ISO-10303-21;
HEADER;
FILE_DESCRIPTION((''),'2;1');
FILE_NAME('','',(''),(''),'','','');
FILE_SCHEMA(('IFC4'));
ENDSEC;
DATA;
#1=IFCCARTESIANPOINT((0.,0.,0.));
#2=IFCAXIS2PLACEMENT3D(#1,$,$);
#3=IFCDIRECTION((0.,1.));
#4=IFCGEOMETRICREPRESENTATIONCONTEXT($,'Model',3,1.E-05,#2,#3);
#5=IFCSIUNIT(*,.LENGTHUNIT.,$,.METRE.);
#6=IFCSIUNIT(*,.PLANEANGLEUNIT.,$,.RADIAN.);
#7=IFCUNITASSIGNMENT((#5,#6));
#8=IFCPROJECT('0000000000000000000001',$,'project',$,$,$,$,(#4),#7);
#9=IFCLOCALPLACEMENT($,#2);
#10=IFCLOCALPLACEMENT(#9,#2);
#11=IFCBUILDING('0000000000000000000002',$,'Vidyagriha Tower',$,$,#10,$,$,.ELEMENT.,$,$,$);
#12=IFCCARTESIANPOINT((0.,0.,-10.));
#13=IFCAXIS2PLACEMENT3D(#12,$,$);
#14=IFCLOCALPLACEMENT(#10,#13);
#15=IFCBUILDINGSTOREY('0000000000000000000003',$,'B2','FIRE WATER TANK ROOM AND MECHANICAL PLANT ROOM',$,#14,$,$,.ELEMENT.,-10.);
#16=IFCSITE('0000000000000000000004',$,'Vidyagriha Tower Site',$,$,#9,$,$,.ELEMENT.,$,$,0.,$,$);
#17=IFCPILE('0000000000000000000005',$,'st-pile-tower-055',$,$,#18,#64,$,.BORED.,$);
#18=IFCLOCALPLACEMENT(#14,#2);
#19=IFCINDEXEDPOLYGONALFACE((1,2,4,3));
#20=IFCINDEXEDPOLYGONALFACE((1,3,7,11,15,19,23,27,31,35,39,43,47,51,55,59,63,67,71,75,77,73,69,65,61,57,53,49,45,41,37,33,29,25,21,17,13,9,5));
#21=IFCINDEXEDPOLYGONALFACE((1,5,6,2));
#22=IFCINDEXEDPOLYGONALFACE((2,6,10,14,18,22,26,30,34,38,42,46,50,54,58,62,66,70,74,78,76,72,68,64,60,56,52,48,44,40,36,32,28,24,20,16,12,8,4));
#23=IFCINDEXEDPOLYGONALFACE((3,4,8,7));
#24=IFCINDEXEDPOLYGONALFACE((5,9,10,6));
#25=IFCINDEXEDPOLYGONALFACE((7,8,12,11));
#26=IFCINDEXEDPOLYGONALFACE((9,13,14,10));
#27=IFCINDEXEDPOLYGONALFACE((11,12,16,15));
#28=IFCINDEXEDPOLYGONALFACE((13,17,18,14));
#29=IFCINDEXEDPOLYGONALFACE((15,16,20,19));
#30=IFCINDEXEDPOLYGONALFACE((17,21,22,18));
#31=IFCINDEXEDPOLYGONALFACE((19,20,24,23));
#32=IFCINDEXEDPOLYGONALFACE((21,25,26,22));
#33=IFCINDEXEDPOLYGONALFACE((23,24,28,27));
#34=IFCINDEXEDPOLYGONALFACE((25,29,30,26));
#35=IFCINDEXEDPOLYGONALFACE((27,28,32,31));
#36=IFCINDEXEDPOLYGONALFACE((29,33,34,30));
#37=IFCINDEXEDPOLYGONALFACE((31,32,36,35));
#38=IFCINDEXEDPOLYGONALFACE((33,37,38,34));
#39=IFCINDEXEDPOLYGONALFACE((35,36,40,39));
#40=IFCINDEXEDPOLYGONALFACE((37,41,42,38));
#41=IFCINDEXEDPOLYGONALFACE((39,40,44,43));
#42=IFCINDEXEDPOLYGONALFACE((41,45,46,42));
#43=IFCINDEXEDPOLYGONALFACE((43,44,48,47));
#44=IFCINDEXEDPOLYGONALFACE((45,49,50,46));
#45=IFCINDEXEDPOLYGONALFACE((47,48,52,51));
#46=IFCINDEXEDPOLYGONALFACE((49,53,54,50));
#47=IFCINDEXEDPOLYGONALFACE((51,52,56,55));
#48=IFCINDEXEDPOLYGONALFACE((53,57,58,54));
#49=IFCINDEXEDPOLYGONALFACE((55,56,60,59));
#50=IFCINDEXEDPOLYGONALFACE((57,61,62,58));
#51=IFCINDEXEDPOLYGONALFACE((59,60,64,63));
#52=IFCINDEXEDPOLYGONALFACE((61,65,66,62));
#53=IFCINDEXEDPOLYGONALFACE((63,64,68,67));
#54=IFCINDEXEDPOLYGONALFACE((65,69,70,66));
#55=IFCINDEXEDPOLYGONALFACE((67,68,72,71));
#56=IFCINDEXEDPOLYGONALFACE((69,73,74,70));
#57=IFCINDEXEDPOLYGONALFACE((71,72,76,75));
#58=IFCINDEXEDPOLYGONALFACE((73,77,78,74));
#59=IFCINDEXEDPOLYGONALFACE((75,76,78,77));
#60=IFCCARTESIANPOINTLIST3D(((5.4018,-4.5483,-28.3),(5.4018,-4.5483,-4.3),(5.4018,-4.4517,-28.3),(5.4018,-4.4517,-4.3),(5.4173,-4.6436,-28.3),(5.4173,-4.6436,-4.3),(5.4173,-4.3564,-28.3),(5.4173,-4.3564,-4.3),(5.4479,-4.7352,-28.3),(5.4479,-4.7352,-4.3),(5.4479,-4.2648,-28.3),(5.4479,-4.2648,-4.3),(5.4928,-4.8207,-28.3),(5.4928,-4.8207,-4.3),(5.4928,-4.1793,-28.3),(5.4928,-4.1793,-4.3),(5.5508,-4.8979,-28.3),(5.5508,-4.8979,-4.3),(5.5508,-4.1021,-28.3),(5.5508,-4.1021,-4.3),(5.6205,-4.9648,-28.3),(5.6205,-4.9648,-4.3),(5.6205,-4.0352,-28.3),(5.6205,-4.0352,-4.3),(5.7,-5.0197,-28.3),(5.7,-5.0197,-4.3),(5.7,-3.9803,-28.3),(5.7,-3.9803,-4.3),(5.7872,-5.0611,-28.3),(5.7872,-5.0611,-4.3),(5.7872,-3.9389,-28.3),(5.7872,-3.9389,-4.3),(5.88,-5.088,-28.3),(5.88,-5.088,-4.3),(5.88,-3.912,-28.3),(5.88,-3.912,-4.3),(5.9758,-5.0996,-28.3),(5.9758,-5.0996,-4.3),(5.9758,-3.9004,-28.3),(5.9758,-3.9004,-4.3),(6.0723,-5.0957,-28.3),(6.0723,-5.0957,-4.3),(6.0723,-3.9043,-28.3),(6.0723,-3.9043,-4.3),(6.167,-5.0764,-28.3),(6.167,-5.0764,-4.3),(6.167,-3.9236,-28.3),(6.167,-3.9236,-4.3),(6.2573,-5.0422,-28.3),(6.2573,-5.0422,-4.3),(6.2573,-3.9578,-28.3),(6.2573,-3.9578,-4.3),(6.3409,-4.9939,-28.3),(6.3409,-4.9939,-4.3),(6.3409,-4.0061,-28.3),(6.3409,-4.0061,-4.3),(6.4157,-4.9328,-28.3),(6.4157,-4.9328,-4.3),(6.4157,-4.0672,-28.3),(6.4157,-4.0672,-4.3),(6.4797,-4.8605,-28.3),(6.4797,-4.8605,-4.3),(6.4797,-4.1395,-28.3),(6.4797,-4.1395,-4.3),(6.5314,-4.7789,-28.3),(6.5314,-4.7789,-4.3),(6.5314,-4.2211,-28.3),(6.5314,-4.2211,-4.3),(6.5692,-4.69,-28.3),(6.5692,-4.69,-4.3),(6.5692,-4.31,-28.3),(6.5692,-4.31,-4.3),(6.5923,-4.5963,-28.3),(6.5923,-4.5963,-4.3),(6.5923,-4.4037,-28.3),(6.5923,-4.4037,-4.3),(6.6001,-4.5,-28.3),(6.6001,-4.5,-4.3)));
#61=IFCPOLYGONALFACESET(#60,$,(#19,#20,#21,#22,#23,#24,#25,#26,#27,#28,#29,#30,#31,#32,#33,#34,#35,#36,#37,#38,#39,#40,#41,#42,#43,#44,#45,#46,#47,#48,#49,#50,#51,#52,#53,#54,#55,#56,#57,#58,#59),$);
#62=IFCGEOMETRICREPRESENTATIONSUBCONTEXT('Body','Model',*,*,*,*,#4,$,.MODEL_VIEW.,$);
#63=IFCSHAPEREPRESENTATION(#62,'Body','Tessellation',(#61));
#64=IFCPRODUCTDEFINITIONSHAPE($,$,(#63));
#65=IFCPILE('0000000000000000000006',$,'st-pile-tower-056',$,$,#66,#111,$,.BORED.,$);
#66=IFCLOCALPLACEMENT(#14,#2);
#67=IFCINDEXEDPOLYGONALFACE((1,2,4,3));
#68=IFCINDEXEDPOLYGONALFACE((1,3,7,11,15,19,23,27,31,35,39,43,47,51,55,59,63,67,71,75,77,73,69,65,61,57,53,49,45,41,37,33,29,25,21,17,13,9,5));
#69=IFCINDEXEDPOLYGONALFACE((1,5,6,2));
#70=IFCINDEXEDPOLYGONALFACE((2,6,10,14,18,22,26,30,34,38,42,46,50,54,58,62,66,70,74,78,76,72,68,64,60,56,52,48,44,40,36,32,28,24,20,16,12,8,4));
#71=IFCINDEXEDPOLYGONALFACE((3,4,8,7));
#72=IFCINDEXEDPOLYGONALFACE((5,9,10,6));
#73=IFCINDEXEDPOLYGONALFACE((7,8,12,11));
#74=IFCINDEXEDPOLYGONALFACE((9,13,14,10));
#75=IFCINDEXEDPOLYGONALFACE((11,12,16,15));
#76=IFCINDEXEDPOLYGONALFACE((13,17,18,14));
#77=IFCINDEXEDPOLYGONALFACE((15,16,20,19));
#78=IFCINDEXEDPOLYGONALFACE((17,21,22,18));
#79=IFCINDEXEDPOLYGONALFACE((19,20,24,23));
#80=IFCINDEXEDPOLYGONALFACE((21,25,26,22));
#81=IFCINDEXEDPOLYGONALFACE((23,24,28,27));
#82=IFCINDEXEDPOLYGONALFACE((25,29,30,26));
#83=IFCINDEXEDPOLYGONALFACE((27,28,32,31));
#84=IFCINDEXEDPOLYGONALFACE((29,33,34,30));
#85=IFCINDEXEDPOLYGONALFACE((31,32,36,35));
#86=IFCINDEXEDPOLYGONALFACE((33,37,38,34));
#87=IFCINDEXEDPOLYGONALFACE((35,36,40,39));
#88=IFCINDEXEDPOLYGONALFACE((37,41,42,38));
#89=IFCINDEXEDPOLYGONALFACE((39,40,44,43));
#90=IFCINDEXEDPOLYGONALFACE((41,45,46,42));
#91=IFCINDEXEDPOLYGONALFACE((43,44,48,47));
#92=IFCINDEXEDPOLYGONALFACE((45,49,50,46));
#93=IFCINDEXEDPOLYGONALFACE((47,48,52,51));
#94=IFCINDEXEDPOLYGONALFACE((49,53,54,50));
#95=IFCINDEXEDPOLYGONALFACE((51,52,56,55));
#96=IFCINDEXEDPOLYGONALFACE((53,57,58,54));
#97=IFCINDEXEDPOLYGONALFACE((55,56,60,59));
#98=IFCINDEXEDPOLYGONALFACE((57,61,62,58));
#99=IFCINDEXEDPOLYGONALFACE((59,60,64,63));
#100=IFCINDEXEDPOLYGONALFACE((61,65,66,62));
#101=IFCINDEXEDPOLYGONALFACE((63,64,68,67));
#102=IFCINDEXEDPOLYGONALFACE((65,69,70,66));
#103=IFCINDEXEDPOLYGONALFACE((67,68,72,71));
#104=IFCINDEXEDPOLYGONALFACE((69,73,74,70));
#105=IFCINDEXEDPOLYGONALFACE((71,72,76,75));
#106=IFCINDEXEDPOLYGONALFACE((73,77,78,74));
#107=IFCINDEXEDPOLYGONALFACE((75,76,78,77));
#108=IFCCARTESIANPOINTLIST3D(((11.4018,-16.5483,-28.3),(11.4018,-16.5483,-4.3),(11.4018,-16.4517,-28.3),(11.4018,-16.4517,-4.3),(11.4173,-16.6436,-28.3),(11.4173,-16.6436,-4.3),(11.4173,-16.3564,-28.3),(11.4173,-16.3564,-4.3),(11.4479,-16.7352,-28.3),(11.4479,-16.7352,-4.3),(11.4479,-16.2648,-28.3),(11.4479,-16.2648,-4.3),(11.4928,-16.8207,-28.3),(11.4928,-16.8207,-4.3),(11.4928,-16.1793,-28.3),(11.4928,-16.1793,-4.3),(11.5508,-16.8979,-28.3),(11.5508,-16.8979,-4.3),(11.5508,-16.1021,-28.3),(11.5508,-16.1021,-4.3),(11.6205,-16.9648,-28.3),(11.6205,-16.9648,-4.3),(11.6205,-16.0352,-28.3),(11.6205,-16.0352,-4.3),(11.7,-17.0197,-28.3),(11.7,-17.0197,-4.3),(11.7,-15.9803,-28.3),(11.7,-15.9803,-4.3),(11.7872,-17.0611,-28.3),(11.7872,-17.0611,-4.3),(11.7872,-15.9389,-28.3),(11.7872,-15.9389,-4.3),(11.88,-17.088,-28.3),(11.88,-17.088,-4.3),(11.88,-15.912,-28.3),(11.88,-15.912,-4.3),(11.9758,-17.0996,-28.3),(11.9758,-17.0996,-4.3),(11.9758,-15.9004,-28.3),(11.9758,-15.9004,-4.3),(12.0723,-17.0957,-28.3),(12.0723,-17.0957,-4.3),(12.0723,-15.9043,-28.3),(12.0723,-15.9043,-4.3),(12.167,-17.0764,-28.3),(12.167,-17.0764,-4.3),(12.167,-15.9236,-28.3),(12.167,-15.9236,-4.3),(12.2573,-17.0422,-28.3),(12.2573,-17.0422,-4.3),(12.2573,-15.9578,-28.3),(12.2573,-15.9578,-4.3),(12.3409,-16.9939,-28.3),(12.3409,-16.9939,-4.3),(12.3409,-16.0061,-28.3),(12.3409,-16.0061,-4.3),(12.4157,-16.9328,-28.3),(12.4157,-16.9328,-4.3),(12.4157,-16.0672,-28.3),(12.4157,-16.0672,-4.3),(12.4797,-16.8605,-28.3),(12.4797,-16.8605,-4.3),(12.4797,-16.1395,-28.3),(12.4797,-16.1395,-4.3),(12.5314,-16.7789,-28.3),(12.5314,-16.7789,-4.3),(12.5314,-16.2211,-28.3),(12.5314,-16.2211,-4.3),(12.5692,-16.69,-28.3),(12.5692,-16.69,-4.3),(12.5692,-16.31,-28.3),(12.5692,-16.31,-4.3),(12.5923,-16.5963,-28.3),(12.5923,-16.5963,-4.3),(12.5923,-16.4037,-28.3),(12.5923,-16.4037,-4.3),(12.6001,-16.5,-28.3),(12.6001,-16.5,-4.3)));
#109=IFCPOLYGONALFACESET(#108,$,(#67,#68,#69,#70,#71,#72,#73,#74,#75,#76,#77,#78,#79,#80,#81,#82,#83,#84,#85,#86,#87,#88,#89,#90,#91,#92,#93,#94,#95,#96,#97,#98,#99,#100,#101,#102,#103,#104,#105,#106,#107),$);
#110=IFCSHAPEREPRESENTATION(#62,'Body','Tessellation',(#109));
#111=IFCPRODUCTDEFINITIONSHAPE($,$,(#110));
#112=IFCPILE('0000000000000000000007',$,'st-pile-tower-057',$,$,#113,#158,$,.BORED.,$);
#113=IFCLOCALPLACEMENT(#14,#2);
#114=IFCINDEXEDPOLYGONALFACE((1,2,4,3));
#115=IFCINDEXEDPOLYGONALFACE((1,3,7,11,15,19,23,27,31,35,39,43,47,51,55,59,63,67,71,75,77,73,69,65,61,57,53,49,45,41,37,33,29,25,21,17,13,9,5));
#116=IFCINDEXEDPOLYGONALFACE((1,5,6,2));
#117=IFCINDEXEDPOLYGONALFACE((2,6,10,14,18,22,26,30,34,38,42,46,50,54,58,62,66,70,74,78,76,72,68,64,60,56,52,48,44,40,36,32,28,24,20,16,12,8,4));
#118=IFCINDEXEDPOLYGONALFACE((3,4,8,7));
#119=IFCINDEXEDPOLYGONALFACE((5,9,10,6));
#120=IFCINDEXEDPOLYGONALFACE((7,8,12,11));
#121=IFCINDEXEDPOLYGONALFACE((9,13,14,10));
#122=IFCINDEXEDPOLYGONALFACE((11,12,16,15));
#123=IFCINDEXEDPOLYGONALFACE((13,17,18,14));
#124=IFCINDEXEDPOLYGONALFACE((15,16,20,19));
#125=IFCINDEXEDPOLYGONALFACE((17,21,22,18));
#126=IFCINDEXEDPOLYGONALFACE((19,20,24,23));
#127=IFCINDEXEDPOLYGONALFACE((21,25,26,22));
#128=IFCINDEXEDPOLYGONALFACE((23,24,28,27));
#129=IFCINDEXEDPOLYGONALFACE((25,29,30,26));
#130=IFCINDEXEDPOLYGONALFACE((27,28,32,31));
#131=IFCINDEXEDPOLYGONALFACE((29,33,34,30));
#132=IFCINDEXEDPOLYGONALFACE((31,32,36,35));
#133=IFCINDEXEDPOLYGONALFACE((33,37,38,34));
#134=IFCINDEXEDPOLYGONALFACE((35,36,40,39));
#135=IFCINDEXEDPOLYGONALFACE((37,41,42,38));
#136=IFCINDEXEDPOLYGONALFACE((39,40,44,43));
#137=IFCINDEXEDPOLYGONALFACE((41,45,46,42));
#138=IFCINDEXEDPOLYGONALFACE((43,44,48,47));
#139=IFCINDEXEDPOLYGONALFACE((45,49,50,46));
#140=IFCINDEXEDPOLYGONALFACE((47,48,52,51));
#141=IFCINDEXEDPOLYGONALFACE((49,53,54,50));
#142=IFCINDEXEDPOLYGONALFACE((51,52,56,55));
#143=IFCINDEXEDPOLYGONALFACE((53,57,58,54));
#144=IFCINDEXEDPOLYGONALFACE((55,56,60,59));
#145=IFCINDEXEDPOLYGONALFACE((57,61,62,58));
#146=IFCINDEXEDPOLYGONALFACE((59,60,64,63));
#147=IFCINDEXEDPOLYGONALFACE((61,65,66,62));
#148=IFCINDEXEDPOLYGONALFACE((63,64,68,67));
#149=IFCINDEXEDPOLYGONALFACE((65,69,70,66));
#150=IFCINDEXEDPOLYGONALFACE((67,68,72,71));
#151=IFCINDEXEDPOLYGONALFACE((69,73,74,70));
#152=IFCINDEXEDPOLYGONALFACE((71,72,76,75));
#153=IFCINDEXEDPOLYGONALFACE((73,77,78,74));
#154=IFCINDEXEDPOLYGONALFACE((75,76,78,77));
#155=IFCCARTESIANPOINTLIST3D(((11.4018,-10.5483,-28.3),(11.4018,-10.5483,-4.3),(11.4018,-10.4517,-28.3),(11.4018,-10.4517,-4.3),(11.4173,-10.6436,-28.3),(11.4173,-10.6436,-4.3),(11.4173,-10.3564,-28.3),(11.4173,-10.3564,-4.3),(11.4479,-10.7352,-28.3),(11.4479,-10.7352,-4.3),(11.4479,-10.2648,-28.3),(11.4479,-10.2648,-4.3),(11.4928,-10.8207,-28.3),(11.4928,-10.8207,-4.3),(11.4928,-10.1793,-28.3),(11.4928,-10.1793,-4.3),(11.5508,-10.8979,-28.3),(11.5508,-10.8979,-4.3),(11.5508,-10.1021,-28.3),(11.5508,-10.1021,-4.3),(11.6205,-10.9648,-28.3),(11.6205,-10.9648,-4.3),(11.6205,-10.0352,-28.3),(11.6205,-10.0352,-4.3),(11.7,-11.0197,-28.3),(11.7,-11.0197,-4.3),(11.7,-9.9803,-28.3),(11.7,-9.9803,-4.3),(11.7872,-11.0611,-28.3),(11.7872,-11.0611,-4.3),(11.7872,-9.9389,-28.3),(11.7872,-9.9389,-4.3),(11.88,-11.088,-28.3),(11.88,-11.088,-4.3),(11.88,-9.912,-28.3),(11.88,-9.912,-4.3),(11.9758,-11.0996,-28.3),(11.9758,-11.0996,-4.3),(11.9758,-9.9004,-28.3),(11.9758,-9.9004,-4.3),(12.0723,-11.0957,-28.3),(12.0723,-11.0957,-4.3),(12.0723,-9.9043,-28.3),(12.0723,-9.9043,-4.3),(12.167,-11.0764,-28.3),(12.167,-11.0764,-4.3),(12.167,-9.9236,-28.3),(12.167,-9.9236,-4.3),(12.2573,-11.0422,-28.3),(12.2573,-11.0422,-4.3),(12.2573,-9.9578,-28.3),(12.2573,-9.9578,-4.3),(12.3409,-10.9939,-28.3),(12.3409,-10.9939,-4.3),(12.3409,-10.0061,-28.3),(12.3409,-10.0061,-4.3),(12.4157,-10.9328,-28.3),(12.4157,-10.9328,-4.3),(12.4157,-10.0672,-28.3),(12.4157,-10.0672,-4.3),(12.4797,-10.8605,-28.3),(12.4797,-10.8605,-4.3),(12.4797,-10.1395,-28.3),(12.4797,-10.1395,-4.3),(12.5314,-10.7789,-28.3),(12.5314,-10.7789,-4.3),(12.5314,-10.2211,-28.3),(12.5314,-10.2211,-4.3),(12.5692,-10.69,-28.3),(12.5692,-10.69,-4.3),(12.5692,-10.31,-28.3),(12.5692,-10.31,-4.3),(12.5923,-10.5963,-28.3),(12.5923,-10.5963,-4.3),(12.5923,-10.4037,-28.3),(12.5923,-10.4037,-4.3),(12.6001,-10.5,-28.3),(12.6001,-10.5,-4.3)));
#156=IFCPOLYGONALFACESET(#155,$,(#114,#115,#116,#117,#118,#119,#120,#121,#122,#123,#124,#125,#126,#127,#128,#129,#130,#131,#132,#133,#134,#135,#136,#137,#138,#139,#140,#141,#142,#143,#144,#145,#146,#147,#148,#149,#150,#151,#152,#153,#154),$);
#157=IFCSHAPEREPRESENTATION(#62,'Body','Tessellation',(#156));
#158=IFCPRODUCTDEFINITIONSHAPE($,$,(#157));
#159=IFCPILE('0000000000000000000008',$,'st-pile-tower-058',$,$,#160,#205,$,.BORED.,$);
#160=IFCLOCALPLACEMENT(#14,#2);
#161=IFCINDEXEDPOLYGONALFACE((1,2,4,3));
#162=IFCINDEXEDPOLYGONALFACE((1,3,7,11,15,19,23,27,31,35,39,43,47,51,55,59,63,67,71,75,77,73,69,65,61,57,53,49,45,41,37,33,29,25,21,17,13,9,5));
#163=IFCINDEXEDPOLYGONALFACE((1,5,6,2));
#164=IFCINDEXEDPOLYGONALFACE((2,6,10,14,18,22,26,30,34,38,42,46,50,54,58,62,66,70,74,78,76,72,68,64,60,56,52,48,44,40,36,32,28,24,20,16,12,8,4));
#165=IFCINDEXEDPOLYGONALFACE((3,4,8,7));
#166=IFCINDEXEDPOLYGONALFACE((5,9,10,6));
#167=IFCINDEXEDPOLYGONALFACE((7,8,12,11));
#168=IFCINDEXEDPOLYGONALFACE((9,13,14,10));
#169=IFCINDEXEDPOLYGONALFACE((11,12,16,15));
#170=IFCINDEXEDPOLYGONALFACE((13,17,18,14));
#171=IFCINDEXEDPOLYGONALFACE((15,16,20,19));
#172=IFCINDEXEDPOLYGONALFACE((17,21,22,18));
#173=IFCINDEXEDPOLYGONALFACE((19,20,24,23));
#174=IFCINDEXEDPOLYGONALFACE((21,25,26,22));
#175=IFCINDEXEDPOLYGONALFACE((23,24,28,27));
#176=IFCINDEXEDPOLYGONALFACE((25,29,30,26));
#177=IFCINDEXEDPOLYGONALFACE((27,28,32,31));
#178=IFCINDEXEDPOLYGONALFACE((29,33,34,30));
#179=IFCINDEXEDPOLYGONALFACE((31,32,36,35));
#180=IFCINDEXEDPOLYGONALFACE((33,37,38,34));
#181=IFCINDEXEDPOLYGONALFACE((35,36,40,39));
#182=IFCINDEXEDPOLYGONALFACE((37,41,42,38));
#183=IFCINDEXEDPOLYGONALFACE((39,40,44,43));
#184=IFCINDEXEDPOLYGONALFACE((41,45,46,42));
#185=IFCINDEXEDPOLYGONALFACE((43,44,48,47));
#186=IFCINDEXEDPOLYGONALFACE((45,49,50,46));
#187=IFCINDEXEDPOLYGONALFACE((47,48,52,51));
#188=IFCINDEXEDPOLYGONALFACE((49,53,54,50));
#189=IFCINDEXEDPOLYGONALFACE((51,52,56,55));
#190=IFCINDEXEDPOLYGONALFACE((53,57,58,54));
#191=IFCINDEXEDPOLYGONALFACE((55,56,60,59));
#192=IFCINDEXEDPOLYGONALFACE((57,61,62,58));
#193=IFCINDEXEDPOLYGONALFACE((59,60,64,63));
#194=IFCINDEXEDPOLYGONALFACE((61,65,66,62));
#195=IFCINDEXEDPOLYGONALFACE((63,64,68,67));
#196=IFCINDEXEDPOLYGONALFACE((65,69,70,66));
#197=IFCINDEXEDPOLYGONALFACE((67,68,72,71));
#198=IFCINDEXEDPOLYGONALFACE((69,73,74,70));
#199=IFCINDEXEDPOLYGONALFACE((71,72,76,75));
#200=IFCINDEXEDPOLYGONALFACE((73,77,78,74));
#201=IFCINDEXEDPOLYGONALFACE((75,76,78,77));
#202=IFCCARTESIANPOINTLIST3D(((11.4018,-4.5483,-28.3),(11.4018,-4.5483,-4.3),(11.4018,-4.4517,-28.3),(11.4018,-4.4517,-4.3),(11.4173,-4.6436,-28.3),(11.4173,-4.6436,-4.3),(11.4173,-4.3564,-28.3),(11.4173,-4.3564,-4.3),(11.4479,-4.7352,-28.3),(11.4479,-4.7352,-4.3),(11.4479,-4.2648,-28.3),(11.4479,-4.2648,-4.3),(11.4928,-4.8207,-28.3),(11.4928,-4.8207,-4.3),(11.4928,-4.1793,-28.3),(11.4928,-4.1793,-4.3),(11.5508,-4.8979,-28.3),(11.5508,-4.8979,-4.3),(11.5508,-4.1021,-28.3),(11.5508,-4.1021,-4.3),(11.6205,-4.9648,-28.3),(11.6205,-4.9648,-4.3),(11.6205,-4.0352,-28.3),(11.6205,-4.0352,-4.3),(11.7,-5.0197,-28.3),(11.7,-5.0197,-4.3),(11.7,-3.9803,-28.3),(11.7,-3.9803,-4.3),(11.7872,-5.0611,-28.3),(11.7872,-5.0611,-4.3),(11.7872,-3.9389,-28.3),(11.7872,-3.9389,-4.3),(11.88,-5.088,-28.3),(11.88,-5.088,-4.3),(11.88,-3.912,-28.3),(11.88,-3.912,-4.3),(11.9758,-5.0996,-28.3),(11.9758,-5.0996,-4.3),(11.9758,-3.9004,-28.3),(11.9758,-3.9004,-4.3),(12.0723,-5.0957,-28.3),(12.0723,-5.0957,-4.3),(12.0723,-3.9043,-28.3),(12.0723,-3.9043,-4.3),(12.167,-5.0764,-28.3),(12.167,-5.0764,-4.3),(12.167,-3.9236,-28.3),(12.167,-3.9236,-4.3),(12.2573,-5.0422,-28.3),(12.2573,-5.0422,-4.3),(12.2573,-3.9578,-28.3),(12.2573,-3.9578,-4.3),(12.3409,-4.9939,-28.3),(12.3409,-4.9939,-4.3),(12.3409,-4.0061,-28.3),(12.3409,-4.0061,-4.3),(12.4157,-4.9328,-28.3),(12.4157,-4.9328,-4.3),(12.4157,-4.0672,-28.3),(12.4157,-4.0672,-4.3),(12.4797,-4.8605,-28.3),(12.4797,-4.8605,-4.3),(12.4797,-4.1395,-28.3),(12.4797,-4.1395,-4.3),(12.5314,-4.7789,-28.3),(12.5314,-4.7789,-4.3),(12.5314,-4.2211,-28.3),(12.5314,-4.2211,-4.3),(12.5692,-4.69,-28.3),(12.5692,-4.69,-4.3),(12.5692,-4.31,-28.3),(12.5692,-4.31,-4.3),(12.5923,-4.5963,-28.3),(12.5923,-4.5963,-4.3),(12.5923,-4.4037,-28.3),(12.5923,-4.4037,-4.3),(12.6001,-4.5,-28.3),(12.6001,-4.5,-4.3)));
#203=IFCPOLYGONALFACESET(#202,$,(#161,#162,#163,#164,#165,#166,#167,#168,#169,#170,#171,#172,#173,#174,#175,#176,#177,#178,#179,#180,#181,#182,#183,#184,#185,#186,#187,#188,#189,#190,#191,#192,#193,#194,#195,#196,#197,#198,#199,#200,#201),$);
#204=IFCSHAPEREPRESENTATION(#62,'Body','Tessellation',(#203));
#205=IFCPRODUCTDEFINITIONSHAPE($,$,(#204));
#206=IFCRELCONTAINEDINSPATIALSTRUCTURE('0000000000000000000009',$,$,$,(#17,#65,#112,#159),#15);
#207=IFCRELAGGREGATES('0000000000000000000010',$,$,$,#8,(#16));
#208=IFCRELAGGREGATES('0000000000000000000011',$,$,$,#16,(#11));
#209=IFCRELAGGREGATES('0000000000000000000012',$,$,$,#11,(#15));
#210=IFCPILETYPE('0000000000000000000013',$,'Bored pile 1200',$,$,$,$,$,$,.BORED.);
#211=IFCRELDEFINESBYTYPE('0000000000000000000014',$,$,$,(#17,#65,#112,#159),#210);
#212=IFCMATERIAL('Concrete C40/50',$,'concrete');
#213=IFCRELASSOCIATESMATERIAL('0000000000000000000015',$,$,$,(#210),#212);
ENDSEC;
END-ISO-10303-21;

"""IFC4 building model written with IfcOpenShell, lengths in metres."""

from ifc_helpers import new_model, si_unit, direction, frame, origin, origin_2d, place, context, subcontext, project, spatial, circle, extrude, material, material_profile, profile_set, type_object, element, save


model = new_model("IFC4")

# Units and contexts
model_context = context("Model", 3, precision=1e-05, world=origin(), true_north=direction((0.0, 1.0)))
body_context = subcontext(model_context, "Body", "Model", "MODEL_VIEW")
ifc_project = project(units=[si_unit("LENGTHUNIT", "METRE"), si_unit("PLANEANGLEUNIT", "RADIAN")], contexts=[model_context])

# Site, building, storey
site_placement = place(None, origin())
site = spatial("IfcSite", under=ifc_project, at=site_placement, Name="Vidyagriha Tower Site", CompositionType="ELEMENT", RefElevation=0.0)
building_placement = place(site_placement, origin())
building = spatial("IfcBuilding", under=site, at=building_placement, Name="Vidyagriha Tower", CompositionType="ELEMENT")
storey_placement = place(building_placement, frame((0.0, 0.0, -10.0)))
storey = spatial("IfcBuildingStorey", under=building, at=storey_placement, Name="B2", Description="FIRE WATER TANK ROOM AND MECHANICAL PLANT ROOM", CompositionType="ELEMENT", Elevation=-10.0)

# Piles
ifc_material_1 = material(Name="Concrete C40/50", Category="concrete")
ifc_material_profile_1 = material_profile(ifc_material_1, circle(Radius=0.6001, at=origin_2d()), Name="Bored pile 1200")
ifc_profile_set_1 = profile_set([ifc_material_profile_1], Name="Concrete C40/50")
pile_type = type_object("IfcPileType", Name="Bored pile 1200", PredefinedType="BORED", material=ifc_profile_set_1)
for number, where, z_axis, x_axis, name in (
    (1, (6.0, -4.5, -4.3), (0.0, 0.0, -1.0), (1.0, 0.0, 0.0), "st-pile-tower-055"),
    (2, (12.0, -16.5, -4.3), (0.0, 0.0, -1.0), (1.0, 0.0, 0.0), "st-pile-tower-056"),
    (3, (12.0, -10.5, -4.3), (0.0, 0.0, -1.0), (1.0, 0.0, 0.0), "st-pile-tower-057"),
    (4, (12.0, -4.5, -4.3), (0.0, 0.0, -1.0), (1.0, 0.0, 0.0), "st-pile-tower-058"),
):
    element("IfcPile", number, at=place(storey_placement, frame(where, z_axis=z_axis, x_axis=x_axis)), inside=storey, type_object=pile_type, Name=name, PredefinedType="BORED", context=body_context, shape_type="SweptSolid", body=[
        extrude(circle(Radius=0.6001, at=origin_2d()), origin(), (0.0, 0.0, 1.0), 24.0),
    ])

save(model, "model.ifc")
